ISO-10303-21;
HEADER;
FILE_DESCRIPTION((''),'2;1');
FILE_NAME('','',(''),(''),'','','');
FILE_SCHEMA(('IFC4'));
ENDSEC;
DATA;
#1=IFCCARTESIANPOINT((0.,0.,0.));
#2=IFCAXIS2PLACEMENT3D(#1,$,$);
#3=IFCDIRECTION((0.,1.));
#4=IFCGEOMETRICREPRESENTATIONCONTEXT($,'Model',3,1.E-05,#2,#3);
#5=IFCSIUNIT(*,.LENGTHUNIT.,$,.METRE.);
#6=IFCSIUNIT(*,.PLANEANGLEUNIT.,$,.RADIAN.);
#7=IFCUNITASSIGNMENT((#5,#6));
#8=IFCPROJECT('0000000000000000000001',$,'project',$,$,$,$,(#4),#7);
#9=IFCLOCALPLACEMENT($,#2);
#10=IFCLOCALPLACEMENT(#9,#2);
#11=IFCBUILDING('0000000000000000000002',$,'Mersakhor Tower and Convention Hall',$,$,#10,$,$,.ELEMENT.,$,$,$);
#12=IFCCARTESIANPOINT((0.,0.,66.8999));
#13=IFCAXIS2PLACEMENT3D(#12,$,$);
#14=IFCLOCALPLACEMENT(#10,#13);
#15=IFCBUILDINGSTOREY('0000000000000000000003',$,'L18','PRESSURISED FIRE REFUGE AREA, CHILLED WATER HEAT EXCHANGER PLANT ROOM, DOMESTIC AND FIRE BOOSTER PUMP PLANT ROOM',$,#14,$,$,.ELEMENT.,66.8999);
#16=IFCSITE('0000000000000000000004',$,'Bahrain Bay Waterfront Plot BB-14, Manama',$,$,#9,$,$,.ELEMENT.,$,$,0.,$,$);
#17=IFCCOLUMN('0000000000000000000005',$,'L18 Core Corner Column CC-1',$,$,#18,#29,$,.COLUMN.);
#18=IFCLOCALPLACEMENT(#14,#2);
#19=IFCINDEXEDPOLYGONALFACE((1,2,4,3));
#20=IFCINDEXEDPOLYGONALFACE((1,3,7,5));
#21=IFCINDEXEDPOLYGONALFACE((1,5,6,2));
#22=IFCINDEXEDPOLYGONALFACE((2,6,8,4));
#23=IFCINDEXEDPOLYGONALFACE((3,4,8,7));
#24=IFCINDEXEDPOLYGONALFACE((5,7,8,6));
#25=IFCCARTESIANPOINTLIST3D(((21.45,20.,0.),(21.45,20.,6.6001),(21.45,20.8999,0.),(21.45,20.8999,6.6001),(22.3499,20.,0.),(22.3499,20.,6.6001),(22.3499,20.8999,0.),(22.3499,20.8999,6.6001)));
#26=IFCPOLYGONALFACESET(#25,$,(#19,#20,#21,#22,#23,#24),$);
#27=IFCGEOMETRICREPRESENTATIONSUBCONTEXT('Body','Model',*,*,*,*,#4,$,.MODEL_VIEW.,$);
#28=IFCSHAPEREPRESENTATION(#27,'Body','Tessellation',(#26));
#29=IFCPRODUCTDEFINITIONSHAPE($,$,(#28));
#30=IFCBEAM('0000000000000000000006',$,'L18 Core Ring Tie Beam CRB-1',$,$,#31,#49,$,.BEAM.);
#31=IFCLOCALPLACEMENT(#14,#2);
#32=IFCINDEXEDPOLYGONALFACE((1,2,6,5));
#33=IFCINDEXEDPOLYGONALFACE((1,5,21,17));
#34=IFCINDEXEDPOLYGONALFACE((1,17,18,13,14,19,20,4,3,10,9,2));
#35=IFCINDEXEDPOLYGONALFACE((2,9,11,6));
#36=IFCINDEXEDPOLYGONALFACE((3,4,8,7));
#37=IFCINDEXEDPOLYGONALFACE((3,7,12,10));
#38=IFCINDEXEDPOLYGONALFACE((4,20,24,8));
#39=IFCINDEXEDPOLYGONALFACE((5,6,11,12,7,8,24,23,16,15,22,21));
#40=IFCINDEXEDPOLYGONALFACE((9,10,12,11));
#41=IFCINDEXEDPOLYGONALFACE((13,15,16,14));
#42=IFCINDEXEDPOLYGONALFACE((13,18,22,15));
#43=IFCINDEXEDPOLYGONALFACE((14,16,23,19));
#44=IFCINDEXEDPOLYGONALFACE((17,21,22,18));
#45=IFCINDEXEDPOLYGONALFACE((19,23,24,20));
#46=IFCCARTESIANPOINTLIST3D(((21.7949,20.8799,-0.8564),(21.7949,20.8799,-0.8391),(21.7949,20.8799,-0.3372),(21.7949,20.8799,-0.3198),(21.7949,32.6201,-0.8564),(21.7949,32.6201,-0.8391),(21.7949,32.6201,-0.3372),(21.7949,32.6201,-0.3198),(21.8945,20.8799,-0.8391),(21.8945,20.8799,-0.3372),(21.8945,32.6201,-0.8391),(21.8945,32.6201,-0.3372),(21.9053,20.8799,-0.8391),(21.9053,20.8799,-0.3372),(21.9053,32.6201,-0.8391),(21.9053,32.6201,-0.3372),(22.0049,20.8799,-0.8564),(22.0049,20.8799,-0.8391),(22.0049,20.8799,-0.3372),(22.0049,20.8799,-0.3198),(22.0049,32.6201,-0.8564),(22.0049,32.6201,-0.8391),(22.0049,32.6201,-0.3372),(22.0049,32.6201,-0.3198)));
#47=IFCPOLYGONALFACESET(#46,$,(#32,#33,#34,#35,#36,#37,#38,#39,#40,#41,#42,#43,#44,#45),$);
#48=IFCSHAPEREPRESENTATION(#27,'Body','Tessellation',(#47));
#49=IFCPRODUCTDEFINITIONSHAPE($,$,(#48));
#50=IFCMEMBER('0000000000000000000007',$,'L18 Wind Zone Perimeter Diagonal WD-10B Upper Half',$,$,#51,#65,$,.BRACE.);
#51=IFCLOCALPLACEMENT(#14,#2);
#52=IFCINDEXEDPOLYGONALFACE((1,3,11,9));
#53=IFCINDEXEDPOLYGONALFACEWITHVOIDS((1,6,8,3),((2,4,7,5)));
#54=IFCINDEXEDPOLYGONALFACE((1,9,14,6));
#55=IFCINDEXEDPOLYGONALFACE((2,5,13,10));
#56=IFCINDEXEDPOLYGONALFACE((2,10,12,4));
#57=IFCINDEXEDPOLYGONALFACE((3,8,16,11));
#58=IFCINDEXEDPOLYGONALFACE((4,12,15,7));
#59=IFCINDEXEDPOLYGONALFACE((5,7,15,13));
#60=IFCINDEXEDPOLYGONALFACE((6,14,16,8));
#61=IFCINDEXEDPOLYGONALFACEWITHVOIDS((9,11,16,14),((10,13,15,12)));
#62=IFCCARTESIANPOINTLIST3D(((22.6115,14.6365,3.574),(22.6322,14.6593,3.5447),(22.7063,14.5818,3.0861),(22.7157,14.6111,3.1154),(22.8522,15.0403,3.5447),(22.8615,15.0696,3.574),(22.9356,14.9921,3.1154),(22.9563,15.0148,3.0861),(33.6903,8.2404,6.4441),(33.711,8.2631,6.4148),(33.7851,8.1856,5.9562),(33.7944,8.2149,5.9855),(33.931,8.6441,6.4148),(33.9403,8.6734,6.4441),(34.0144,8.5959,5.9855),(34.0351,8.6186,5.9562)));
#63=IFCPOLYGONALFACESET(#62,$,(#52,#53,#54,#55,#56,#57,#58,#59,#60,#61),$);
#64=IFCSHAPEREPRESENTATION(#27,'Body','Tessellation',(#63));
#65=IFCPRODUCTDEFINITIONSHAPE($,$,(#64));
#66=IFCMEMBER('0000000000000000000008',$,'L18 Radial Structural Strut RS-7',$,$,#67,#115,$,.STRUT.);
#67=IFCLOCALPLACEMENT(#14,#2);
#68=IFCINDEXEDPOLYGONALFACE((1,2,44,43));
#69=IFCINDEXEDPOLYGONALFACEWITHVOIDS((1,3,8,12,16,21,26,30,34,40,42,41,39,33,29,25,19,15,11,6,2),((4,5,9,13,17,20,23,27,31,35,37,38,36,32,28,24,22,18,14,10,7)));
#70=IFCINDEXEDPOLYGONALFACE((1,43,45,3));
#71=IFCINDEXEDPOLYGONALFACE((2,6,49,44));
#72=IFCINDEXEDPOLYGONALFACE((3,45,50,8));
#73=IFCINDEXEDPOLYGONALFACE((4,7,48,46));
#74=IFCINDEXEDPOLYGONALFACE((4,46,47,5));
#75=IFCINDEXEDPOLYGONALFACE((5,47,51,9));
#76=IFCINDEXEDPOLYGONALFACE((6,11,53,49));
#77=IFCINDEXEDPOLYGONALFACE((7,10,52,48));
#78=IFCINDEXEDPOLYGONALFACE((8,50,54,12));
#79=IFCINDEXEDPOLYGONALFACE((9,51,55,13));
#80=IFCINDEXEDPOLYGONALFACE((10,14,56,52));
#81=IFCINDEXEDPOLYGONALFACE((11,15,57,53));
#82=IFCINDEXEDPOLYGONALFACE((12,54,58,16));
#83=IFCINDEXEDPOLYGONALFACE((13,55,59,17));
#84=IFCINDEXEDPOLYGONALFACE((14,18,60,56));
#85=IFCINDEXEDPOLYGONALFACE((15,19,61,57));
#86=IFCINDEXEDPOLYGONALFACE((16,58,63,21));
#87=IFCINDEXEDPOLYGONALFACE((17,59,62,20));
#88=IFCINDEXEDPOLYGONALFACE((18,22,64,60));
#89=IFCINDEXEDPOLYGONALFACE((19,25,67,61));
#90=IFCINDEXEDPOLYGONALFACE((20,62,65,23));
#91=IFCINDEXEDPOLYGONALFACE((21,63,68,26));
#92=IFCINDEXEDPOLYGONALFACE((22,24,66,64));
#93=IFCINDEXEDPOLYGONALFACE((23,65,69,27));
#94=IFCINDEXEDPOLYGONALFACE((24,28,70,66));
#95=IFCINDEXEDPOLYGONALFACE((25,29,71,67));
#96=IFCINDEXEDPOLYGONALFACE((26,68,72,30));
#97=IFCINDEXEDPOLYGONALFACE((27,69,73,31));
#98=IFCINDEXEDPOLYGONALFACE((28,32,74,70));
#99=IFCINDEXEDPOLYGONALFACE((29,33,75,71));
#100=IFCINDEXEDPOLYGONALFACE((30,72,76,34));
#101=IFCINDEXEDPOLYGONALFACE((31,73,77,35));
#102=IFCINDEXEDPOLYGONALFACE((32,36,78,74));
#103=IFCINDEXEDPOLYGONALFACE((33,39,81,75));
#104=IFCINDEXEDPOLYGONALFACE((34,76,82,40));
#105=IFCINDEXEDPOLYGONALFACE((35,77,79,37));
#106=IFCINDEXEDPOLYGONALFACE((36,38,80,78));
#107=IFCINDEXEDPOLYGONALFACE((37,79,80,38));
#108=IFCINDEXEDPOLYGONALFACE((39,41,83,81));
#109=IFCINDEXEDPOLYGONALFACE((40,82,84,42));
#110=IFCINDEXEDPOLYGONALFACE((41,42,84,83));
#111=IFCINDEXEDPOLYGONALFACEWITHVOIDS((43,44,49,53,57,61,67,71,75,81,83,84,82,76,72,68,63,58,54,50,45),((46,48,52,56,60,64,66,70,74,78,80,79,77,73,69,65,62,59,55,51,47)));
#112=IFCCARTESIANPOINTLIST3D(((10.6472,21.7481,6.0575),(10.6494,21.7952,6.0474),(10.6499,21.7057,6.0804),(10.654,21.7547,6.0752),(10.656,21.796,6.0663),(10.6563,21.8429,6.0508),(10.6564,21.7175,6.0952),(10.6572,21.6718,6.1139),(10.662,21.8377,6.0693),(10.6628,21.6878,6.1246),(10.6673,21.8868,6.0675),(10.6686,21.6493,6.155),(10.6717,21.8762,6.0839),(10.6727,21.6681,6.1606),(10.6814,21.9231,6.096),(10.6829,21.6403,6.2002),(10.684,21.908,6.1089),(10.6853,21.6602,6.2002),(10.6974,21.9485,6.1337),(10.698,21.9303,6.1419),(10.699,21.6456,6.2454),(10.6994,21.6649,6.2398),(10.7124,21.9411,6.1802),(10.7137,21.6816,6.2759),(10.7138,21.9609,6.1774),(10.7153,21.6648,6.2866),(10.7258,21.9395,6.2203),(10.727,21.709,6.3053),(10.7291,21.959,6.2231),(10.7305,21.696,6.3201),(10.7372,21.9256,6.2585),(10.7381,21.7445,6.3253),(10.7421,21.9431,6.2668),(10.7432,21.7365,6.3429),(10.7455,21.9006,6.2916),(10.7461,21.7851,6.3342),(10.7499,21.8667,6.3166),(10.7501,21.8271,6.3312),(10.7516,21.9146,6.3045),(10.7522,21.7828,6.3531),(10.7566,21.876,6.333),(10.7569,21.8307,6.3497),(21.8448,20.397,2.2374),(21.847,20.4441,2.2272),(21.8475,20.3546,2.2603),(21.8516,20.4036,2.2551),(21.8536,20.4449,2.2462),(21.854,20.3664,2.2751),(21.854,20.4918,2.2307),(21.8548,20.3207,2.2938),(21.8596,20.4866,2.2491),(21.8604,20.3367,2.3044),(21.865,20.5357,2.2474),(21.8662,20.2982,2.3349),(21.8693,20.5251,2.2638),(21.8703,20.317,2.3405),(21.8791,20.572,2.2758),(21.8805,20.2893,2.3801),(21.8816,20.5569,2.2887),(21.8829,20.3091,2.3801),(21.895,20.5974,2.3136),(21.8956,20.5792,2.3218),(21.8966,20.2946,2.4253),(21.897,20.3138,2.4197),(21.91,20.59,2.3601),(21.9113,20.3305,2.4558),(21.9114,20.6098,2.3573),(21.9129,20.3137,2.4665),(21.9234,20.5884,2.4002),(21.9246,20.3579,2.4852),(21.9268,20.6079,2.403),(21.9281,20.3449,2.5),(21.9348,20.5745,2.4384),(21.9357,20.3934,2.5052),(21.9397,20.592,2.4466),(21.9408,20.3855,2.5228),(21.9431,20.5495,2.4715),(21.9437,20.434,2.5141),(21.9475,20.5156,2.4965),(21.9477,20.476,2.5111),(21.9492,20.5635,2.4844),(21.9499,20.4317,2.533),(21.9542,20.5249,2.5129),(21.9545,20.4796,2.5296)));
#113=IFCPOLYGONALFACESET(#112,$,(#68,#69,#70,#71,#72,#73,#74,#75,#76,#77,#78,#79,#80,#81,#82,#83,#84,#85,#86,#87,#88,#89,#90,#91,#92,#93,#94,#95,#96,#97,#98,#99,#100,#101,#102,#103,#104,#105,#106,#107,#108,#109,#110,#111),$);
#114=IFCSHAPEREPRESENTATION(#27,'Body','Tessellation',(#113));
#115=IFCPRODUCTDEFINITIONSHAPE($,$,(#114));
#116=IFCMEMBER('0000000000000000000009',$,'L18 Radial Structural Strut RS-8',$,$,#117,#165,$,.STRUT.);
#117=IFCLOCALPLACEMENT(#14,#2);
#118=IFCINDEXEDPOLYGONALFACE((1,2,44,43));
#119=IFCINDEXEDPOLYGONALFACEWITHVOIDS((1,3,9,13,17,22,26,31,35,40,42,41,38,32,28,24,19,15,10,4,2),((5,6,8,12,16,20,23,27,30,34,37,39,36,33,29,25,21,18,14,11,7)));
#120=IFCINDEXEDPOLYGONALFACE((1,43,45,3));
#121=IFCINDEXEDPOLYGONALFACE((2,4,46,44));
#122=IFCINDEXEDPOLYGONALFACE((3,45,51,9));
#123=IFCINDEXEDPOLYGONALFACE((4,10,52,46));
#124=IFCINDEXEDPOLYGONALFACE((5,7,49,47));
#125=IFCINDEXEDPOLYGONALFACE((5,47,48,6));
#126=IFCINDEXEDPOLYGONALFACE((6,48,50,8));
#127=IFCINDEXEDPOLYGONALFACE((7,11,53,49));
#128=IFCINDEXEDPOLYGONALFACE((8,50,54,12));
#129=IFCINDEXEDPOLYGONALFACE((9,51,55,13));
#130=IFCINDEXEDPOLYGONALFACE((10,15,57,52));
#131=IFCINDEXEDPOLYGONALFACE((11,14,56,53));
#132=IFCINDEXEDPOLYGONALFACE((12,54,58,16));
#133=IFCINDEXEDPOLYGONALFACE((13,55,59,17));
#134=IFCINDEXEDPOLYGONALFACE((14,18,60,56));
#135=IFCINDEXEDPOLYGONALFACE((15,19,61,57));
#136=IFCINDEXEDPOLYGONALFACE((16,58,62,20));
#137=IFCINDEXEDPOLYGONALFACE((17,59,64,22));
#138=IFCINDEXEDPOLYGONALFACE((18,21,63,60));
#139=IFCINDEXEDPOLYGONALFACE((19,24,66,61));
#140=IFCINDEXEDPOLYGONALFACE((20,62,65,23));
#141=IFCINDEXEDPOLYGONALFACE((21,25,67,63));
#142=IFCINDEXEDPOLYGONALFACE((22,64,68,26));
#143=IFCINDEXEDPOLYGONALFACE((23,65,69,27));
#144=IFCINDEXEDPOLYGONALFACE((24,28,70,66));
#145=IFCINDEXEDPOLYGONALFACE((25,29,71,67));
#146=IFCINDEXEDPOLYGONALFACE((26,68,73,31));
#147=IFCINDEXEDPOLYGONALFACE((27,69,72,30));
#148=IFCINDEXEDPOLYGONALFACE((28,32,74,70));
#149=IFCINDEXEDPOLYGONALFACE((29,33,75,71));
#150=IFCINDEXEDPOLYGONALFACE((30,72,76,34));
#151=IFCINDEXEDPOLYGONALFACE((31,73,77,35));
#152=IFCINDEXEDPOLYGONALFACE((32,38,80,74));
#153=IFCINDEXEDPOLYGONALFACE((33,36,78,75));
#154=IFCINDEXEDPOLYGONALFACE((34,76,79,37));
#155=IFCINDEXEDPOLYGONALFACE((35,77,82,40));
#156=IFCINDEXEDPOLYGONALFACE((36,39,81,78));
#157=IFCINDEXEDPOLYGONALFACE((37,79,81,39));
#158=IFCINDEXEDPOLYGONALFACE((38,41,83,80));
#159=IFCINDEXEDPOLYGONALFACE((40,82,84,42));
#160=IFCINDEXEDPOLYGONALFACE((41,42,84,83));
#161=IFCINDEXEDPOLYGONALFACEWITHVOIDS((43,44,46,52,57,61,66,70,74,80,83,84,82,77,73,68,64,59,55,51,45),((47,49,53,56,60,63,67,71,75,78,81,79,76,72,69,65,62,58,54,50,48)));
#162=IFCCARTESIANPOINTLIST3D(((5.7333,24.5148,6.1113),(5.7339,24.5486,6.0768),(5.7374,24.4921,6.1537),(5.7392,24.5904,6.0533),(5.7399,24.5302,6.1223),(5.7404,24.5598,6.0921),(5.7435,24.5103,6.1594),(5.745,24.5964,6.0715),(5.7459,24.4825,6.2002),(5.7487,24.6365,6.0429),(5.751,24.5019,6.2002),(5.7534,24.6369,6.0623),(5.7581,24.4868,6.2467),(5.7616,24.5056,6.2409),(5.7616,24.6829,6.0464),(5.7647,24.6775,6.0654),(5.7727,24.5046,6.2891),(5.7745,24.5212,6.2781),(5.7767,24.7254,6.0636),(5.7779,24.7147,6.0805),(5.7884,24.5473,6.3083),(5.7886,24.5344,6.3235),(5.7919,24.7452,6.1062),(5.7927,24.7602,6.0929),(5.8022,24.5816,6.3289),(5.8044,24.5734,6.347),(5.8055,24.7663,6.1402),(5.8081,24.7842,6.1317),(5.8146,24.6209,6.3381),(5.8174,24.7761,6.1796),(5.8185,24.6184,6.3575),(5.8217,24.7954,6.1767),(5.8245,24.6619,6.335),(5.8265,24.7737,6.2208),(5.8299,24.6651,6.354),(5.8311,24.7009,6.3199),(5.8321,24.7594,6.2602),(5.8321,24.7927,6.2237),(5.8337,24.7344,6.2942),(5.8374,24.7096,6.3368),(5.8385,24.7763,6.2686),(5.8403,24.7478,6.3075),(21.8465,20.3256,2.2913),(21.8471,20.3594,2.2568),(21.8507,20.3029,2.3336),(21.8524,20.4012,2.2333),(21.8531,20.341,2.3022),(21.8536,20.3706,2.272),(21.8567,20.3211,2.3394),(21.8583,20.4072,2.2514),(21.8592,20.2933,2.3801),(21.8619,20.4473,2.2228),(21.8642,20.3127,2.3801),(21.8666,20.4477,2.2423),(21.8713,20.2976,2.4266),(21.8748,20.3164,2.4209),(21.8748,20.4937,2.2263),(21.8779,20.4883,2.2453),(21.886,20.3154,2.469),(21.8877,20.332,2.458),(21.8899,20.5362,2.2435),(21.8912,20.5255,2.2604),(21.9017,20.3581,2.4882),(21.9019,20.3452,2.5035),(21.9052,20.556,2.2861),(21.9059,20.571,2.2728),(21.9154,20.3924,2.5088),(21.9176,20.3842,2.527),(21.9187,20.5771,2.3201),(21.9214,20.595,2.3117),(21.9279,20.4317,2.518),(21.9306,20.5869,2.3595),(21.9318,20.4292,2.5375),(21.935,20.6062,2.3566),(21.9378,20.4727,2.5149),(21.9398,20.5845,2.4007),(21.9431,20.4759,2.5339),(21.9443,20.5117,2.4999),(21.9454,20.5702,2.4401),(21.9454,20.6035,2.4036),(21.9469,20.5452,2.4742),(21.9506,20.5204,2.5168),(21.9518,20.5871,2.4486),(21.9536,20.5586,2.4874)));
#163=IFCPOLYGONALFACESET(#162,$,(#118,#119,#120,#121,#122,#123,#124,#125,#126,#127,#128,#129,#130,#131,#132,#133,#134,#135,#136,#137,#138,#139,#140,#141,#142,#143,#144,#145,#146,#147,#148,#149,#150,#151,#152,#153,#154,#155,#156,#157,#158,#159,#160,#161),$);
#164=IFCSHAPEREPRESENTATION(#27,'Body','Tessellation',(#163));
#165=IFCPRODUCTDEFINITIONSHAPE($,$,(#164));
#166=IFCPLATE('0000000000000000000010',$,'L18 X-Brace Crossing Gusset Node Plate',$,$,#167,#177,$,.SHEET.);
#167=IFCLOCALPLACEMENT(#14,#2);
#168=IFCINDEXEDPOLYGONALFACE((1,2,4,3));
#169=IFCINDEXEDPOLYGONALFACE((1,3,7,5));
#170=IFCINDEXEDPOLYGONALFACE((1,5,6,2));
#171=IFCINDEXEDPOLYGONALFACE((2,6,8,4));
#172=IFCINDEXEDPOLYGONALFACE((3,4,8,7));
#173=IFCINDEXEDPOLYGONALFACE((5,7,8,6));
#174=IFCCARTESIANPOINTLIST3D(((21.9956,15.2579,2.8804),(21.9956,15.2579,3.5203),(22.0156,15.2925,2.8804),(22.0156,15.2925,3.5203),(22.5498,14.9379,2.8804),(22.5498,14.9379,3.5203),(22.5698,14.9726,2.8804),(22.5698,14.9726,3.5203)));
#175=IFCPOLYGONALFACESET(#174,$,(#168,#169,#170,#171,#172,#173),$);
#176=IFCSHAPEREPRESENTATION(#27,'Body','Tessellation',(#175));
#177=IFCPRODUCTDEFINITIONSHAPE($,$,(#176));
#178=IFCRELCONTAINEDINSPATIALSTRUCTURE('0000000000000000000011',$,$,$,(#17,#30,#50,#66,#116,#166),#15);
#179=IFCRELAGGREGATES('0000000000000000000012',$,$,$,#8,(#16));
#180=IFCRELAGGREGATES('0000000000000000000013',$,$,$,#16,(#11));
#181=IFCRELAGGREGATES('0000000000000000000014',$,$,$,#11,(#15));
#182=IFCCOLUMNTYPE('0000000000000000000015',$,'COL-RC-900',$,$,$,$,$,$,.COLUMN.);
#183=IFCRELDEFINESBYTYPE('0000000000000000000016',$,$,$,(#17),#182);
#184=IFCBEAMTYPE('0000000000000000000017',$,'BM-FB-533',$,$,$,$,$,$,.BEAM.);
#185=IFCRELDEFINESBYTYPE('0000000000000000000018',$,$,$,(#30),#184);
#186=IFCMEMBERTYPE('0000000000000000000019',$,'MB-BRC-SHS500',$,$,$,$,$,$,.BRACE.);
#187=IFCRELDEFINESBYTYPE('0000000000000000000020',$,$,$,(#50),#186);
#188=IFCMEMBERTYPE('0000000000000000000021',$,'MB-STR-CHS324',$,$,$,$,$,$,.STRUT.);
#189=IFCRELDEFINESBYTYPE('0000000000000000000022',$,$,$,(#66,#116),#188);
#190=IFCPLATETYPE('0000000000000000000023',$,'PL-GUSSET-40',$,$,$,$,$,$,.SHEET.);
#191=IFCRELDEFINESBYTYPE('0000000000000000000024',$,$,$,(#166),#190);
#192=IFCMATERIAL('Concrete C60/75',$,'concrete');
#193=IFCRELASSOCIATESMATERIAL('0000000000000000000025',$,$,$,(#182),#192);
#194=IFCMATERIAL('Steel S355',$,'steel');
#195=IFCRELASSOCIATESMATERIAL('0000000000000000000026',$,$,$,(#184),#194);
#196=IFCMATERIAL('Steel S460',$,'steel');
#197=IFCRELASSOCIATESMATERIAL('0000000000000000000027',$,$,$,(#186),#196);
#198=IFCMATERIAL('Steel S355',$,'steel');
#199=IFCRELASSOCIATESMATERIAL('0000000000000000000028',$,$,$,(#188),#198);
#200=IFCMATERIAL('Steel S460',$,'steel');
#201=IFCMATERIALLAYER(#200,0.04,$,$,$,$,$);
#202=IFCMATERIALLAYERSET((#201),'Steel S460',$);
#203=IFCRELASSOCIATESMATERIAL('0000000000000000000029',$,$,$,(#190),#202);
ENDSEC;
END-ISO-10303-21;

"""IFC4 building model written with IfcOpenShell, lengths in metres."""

from ifc_helpers import new_model, si_unit, direction, frame, origin, origin_2d, place, context, subcontext, project, spatial, rectangle, hollow_rectangle, hollow_circle, i_section, extrude, material, layer, layer_set, material_profile, profile_set, type_object, element, save


model = new_model("IFC4")

# Units and contexts
model_context = context("Model", 3, precision=1e-05, world=origin(), true_north=direction((0.0, 1.0)))
body_context = subcontext(model_context, "Body", "Model", "MODEL_VIEW")
ifc_project = project(units=[si_unit("LENGTHUNIT", "METRE"), si_unit("PLANEANGLEUNIT", "RADIAN")], contexts=[model_context])

# Site, building, storey
site_placement = place(None, origin())
site = spatial("IfcSite", under=ifc_project, at=site_placement, Name="Bahrain Bay Waterfront Plot BB-14, Manama", CompositionType="ELEMENT", RefElevation=0.0)
building_placement = place(site_placement, origin())
building = spatial("IfcBuilding", under=site, at=building_placement, Name="Mersakhor Tower and Convention Hall", CompositionType="ELEMENT")
storey_placement = place(building_placement, frame((0.0, 0.0, 66.8999)))
storey = spatial("IfcBuildingStorey", under=building, at=storey_placement, Name="L18", Description="PRESSURISED FIRE REFUGE AREA, CHILLED WATER HEAT EXCHANGER PLANT ROOM, DOMESTIC AND FIRE BOOSTER PUMP PLANT ROOM", CompositionType="ELEMENT", Elevation=66.8999)

# Column
ifc_material_1 = material(Name="Concrete C60/75", Category="concrete")
ifc_material_profile_1 = material_profile(ifc_material_1, rectangle(XDim=0.8999, YDim=0.8999, at=origin_2d()), Name="RC 900x900")
ifc_profile_set_1 = profile_set([ifc_material_profile_1], Name="Concrete C60/75")
column_type = type_object("IfcColumnType", Name="COL-RC-900", PredefinedType="COLUMN", material=ifc_profile_set_1)
column_placement = place(storey_placement, frame((21.8999, 20.45, 0.0), z_axis=(0.0, 0.0, 1.0), x_axis=(1.0, 0.0, 0.0)))
element("IfcColumn", 1, at=column_placement, inside=storey, type_object=column_type, Name="L18 Core Corner Column CC-1", PredefinedType="COLUMN", context=body_context, shape_type="SweptSolid", body=[
    extrude(rectangle(XDim=0.8999, YDim=0.8999, at=origin_2d()), origin(), (0.0, 0.0, 1.0), 6.6001),
])

# Beam
ifc_material_2 = material(Name="Steel S355", Category="steel")
ifc_material_profile_2 = material_profile(ifc_material_2, i_section(OverallWidth=0.21, OverallDepth=0.5366, WebThickness=0.0107, FlangeThickness=0.0173, at=origin_2d()), Name="UB 533x210x101")
ifc_profile_set_2 = profile_set([ifc_material_profile_2], Name="Steel S355")
beam_type = type_object("IfcBeamType", Name="BM-FB-533", PredefinedType="BEAM", material=ifc_profile_set_2)
beam_placement = place(storey_placement, frame((21.8999, 20.8799, -0.5881), z_axis=(0.0, 1.0, 0.0), x_axis=(-1.0, 0.0, 0.0)))
element("IfcBeam", 2, at=beam_placement, inside=storey, type_object=beam_type, Name="L18 Core Ring Tie Beam CRB-1", PredefinedType="BEAM", context=body_context, shape_type="SweptSolid", body=[
    extrude(i_section(OverallWidth=0.21, OverallDepth=0.5366, WebThickness=0.0107, FlangeThickness=0.0173, at=origin_2d()), origin(), (0.0, 0.0, 1.0), 11.7402),
])

# Members
ifc_material_3 = material(Name="Steel S460", Category="steel")
ifc_material_profile_3 = material_profile(ifc_material_3, hollow_rectangle(XDim=0.5, YDim=0.5, WallThickness=0.03, at=origin_2d()), Name="SHS 500x500x30")
ifc_profile_set_3 = profile_set([ifc_material_profile_3], Name="Steel S460")
member_type_1 = type_object("IfcMemberType", Name="MB-BRC-SHS500", PredefinedType="BRACE", material=ifc_profile_set_3)
member_1_placement = place(storey_placement, frame((22.7839, 14.8257, 3.3301), z_axis=(0.845024, -0.487864, 0.218914), x_axis=(0.499992, 0.86603, 0.0)))
element("IfcMember", 3, at=member_1_placement, inside=storey, type_object=member_type_1, Name="L18 Wind Zone Perimeter Diagonal WD-10B Upper Half", PredefinedType="BRACE", context=body_context, shape_type="SweptSolid", body=[
    extrude(hollow_rectangle(XDim=0.5, YDim=0.5, WallThickness=0.03, at=origin_2d()), origin(), (0.0, 0.0, 1.0), 13.1106),
])
ifc_material_4 = material(Name="Steel S355", Category="steel")
ifc_material_profile_4 = material_profile(ifc_material_4, hollow_circle(Radius=0.1619, WallThickness=0.02, at=origin_2d()), Name="CHS 323.9x20")
ifc_profile_set_4 = profile_set([ifc_material_profile_4], Name="Steel S355")
member_type_2 = type_object("IfcMemberType", Name="MB-STR-CHS324", PredefinedType="STRUT", material=ifc_profile_set_4)
member_2_placement = place(storey_placement, frame((21.8999, 20.45, 2.3801), z_axis=(-0.940328, 0.113459, 0.320796), x_axis=(-0.11979, -0.992799, 0.0)))
element("IfcMember", 4, at=member_2_placement, inside=storey, type_object=member_type_2, Name="L18 Radial Structural Strut RS-7", PredefinedType="STRUT", context=body_context, shape_type="SweptSolid", body=[
    extrude(hollow_circle(Radius=0.1619, WallThickness=0.02, at=origin_2d()), origin(), (0.0, 0.0, 1.0), 11.9082),
])
member_3_placement = place(storey_placement, frame((21.8999, 20.45, 2.3801), z_axis=(-0.943314, 0.245247, 0.223637), x_axis=(-0.25162, -0.967826, 0.0)))
element("IfcMember", 5, at=member_3_placement, inside=storey, type_object=member_type_2, Name="L18 Radial Structural Strut RS-8", PredefinedType="STRUT", context=body_context, shape_type="SweptSolid", body=[
    extrude(hollow_circle(Radius=0.1619, WallThickness=0.02, at=origin_2d()), origin(), (0.0, 0.0, 1.0), 17.0815),
])

# Plate
ifc_material_5 = material(Name="Steel S460", Category="steel")
ifc_layer_1 = layer(ifc_material_5, 0.04)
ifc_layer_set_1 = layer_set([ifc_layer_1], Name="Steel S460")
plate_type = type_object("IfcPlateType", Name="PL-GUSSET-40", PredefinedType="SHEET", material=ifc_layer_set_1)
plate_placement = place(storey_placement, frame((22.2827, 15.1152, 2.8804), z_axis=(0.0, 0.0, 1.0), x_axis=(0.866025, -0.5, 0.0)))
element("IfcPlate", 6, at=plate_placement, inside=storey, type_object=plate_type, Name="L18 X-Brace Crossing Gusset Node Plate", PredefinedType="SHEET", context=body_context, shape_type="SweptSolid", body=[
    extrude(rectangle(XDim=0.6399, YDim=0.04, at=origin_2d()), origin(), (0.0, 0.0, 1.0), 0.6399),
])

save(model, "model.ifc")
